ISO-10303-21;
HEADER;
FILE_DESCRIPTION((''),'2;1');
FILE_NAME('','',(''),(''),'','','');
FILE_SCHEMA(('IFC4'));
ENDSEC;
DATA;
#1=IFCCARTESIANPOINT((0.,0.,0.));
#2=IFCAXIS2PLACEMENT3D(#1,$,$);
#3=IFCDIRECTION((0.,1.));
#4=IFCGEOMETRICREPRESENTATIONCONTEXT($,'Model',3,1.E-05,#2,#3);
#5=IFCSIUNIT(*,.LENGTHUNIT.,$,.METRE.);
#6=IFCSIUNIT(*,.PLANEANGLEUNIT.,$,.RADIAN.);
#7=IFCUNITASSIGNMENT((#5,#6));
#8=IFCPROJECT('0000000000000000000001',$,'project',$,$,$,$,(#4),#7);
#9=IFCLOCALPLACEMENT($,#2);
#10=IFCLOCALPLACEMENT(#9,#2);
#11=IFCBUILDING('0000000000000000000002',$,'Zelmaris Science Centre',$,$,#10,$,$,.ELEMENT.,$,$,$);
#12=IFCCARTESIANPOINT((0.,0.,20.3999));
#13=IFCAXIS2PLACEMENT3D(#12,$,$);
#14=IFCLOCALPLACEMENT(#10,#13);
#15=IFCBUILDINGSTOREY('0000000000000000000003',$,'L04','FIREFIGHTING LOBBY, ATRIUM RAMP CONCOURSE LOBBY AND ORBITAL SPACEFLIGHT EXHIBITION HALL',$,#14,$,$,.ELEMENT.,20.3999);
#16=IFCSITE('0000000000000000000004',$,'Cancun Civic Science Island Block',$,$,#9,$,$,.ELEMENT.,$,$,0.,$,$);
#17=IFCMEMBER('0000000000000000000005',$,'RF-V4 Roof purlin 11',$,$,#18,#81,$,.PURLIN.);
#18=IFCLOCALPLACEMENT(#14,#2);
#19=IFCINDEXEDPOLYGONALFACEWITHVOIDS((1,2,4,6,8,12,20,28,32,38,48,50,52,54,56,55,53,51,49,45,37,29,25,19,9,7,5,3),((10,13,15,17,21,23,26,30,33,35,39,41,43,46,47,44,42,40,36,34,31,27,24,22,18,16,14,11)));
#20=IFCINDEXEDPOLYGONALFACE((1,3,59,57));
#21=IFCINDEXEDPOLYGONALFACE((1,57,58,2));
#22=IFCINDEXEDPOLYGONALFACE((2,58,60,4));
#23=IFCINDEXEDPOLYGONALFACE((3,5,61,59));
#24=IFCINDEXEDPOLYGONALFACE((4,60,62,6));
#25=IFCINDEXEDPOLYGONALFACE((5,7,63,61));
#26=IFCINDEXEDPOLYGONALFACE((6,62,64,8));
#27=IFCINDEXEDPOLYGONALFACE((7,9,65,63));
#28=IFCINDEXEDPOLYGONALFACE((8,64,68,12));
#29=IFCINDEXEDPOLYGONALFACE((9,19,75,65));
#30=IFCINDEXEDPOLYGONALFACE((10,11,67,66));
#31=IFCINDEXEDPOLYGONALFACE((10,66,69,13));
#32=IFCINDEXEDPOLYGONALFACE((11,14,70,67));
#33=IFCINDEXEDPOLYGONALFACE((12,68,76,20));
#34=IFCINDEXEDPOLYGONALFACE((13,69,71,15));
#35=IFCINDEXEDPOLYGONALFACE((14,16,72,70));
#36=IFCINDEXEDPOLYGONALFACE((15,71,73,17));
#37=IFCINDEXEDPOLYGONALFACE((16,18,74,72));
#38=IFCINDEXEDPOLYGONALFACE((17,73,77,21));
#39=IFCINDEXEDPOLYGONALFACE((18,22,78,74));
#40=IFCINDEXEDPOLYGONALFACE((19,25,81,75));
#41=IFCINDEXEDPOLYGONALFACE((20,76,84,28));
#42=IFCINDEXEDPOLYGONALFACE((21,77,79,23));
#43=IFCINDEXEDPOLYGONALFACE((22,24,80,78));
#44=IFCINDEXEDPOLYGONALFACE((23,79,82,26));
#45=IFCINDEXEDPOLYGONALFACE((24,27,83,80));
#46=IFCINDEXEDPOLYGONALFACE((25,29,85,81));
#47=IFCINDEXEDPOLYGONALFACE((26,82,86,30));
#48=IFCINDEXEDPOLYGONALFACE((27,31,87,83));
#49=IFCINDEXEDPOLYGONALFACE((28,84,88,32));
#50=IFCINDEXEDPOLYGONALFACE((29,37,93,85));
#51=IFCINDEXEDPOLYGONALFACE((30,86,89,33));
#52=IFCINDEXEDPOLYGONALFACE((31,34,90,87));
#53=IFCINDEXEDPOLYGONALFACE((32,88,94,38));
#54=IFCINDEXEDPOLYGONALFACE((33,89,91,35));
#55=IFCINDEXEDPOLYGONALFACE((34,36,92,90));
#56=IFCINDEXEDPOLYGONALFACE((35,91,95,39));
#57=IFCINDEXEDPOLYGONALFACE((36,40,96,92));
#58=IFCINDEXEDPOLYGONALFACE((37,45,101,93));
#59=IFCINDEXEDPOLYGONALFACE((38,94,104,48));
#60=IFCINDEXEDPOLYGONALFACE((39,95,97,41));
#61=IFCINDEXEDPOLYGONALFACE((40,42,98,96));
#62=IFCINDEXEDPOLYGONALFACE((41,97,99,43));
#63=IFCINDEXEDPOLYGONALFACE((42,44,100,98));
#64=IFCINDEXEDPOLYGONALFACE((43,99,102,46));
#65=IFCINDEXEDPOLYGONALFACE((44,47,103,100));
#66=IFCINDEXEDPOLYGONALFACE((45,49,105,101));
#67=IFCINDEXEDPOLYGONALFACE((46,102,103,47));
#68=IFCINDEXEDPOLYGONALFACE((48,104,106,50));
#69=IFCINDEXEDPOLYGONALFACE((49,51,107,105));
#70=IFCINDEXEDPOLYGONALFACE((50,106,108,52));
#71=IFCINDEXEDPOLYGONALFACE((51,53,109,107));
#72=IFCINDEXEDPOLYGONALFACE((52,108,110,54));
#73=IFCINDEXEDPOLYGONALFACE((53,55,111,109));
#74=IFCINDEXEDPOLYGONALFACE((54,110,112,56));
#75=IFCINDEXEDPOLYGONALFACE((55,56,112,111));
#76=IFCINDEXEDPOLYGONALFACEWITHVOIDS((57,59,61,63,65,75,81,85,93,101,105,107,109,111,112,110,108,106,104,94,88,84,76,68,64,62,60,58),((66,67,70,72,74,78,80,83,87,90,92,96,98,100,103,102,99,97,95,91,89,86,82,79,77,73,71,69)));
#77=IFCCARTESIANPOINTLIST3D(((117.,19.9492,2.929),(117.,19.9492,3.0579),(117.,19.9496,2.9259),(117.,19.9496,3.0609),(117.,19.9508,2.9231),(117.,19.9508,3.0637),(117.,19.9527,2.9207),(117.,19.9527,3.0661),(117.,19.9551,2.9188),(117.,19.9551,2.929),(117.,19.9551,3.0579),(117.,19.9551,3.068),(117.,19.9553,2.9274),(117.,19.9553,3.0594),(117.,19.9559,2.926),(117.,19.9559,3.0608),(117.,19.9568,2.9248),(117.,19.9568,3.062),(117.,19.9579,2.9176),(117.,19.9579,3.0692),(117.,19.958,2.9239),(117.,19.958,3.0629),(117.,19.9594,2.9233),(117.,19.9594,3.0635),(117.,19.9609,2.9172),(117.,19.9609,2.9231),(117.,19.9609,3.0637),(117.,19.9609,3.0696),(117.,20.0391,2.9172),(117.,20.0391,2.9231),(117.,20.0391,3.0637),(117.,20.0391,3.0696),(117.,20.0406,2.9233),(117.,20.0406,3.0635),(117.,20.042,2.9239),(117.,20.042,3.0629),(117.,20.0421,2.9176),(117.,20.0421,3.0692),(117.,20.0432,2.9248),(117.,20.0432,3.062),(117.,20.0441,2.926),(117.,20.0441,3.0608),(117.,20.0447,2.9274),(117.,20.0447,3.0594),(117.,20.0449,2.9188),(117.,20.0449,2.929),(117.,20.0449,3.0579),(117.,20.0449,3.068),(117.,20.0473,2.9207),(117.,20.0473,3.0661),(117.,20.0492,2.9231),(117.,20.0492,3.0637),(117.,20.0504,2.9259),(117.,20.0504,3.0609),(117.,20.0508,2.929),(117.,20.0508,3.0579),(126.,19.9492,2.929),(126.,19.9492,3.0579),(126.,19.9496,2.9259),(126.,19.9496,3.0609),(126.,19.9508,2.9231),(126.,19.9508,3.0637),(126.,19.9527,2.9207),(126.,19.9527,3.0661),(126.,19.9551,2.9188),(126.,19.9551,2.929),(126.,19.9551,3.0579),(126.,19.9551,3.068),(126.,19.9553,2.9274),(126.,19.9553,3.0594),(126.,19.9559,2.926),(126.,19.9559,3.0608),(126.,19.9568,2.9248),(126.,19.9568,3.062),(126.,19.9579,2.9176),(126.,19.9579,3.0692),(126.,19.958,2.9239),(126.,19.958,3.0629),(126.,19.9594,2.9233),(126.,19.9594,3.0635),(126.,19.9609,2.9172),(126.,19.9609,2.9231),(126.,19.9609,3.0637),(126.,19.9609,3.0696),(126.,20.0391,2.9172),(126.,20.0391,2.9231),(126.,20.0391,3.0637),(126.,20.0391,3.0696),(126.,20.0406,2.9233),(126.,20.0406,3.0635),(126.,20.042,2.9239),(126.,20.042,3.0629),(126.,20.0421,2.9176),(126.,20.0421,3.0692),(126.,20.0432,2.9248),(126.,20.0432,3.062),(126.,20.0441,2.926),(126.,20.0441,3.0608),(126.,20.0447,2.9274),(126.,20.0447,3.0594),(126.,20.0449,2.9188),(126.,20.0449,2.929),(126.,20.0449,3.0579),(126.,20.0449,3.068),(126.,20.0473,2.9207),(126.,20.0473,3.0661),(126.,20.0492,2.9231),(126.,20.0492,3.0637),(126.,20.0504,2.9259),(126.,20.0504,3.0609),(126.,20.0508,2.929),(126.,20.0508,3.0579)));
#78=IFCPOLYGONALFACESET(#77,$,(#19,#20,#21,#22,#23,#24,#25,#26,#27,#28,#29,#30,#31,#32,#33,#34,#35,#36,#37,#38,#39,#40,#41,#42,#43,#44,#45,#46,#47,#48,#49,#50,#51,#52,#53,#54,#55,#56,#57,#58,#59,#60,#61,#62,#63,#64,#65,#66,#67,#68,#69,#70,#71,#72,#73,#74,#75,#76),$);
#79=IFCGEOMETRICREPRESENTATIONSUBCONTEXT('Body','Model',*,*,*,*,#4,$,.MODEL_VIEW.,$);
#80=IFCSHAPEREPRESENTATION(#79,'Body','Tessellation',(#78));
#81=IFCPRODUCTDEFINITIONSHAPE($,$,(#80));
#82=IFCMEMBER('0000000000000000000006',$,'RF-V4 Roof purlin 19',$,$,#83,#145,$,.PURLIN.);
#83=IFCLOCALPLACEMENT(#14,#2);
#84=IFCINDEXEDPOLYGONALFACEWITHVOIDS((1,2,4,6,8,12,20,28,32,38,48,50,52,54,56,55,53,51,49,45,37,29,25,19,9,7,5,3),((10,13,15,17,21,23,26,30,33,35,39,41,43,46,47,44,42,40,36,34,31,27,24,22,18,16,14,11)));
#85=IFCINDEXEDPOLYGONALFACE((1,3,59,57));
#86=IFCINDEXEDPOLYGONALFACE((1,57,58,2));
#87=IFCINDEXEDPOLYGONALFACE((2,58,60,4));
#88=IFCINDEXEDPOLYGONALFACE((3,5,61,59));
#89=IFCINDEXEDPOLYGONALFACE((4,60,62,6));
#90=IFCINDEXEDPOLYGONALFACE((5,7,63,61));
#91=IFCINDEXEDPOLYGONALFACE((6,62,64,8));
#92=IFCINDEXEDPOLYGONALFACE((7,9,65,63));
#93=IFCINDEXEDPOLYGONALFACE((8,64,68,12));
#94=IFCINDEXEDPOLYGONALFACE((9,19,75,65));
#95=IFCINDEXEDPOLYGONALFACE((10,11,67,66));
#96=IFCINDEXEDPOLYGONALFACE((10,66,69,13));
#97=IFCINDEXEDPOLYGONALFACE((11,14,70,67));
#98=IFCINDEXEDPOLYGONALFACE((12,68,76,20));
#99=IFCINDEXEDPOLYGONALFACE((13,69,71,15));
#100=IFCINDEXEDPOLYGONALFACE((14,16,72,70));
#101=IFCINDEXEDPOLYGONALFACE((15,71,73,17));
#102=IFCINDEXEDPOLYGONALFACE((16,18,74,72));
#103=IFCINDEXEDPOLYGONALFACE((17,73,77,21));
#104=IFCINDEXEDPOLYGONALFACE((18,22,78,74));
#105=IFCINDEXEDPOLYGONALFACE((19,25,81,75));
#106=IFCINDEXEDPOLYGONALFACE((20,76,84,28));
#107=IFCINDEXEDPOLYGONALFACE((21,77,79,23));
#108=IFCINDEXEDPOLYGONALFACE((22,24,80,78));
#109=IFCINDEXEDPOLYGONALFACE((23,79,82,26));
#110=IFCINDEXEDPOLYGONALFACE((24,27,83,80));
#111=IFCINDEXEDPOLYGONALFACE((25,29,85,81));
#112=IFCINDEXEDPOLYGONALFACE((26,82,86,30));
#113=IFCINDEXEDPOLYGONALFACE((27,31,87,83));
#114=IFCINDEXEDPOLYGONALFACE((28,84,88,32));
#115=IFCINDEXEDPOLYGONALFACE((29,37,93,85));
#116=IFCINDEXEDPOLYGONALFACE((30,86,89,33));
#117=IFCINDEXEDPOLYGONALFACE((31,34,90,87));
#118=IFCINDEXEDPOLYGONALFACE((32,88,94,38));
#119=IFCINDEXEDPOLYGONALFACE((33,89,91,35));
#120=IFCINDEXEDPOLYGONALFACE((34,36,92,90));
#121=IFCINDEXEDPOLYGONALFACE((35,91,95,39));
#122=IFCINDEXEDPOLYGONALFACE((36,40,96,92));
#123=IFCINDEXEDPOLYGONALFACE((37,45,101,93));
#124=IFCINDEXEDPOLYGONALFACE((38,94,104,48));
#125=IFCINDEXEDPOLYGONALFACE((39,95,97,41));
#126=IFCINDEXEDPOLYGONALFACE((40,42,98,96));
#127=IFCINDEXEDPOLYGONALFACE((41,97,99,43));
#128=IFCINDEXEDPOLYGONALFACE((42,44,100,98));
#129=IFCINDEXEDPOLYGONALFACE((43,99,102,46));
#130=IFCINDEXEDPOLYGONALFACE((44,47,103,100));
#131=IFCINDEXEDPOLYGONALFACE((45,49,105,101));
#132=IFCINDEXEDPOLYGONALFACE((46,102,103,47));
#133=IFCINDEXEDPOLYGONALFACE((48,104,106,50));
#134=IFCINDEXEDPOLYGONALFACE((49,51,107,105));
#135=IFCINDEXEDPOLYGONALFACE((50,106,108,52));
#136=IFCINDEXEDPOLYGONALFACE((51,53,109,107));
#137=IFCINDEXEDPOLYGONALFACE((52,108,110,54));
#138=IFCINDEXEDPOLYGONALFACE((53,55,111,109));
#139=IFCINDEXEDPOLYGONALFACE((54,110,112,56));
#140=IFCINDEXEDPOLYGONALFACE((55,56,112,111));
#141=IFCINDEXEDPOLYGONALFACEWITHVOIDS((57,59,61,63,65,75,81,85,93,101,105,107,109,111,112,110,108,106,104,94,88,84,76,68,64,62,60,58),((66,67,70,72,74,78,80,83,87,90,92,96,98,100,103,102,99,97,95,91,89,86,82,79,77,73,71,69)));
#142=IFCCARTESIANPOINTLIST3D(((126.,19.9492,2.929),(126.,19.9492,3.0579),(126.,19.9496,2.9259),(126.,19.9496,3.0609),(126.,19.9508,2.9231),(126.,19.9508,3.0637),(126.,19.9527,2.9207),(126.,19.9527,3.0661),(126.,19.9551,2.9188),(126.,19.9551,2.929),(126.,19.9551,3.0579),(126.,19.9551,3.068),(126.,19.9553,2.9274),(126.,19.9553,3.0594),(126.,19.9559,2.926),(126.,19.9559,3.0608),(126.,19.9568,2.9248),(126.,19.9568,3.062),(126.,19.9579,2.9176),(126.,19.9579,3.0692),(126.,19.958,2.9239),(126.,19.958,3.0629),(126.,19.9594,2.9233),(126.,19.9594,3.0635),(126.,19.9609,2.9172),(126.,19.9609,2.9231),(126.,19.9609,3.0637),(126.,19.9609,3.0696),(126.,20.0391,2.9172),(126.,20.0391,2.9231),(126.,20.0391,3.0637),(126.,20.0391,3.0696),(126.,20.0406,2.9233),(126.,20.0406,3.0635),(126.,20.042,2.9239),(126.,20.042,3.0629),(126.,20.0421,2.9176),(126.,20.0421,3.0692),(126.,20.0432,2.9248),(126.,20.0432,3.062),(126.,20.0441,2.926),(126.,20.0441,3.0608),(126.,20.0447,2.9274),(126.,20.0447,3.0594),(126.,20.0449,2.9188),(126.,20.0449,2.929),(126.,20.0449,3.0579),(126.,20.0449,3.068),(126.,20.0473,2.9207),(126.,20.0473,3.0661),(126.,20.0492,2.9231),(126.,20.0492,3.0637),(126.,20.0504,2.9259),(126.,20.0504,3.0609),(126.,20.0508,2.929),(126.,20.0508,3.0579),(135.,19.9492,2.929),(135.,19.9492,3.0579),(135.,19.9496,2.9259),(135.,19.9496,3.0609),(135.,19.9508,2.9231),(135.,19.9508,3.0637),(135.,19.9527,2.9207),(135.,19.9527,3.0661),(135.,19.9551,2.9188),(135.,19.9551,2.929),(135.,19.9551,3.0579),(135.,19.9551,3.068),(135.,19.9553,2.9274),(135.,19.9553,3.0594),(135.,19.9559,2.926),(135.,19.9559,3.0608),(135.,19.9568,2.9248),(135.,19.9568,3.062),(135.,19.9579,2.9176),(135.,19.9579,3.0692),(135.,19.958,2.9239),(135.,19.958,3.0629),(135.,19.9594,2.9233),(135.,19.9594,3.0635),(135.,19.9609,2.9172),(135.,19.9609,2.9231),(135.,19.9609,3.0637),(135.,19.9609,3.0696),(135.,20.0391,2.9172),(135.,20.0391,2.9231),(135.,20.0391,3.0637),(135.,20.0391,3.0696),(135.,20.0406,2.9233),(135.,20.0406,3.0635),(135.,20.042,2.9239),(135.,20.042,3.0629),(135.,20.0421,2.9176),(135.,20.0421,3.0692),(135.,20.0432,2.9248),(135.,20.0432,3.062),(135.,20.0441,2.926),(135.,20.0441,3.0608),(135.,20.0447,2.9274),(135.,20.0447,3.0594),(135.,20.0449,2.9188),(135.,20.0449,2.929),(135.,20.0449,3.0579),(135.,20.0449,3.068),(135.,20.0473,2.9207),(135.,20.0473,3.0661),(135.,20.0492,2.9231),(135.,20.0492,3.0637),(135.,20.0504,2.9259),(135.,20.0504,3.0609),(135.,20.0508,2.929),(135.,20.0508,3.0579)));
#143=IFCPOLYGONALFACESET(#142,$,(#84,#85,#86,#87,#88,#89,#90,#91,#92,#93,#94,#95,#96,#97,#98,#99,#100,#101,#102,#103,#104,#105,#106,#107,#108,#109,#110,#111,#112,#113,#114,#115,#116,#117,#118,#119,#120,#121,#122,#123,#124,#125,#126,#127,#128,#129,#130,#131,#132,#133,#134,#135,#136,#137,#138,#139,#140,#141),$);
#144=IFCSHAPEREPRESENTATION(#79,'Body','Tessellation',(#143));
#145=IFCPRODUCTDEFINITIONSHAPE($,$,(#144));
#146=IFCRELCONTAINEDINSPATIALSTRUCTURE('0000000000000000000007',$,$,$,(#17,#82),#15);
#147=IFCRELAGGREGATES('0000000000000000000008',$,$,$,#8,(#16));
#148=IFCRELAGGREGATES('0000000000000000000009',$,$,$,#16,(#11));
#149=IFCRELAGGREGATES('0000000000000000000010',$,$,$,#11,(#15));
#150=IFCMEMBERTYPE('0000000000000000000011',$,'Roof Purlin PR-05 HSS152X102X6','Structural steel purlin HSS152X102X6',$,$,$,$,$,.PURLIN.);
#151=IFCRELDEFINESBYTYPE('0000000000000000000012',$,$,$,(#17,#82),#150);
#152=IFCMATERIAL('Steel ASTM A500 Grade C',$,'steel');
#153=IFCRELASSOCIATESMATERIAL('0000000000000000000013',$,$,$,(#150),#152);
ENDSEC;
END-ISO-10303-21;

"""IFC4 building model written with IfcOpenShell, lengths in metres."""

from ifc_helpers import new_model, si_unit, direction, frame, origin, origin_2d, place, context, subcontext, project, spatial, hollow_rectangle, extrude, material, material_profile, profile_set, type_object, element, save


model = new_model("IFC4")

# Units and contexts
model_context = context("Model", 3, precision=1e-05, world=origin(), true_north=direction((0.0, 1.0)))
body_context = subcontext(model_context, "Body", "Model", "MODEL_VIEW")
ifc_project = project(units=[si_unit("LENGTHUNIT", "METRE"), si_unit("PLANEANGLEUNIT", "RADIAN")], contexts=[model_context])

# Site, building, storey
site_placement = place(None, origin())
site = spatial("IfcSite", under=ifc_project, at=site_placement, Name="Cancun Civic Science Island Block", CompositionType="ELEMENT", RefElevation=0.0)
building_placement = place(site_placement, origin())
building = spatial("IfcBuilding", under=site, at=building_placement, Name="Zelmaris Science Centre", CompositionType="ELEMENT")
storey_placement = place(building_placement, frame((0.0, 0.0, 20.3999)))
storey = spatial("IfcBuildingStorey", under=building, at=storey_placement, Name="L04", Description="FIREFIGHTING LOBBY, ATRIUM RAMP CONCOURSE LOBBY AND ORBITAL SPACEFLIGHT EXHIBITION HALL", CompositionType="ELEMENT", Elevation=20.3999)

# Shared definitions
ifc_material = material(Name="Steel ASTM A500 Grade C", Category="steel")

# Members
ifc_material_profile_1 = material_profile(ifc_material, hollow_rectangle(XDim=0.1016, YDim=0.1523, WallThickness=0.0059, InnerFilletRadius=0.0059, OuterFilletRadius=0.0117, at=origin_2d()), Name="HSS152X102X6")
ifc_profile_set_1 = profile_set([ifc_material_profile_1], Name="Steel ASTM A500 Grade C")
member_type_1 = type_object("IfcMemberType", Name="Roof Purlin PR-05 HSS152X102X6", Description="Structural steel purlin HSS152X102X6", PredefinedType="PURLIN", material=ifc_profile_set_1)
for number, where, z_axis, x_axis, name in (
    (1, (117.0, 20.0, 2.9934), (1.0, 0.0, 0.0), (0.0, 1.0, 0.0), "RF-V4 Roof purlin 11"),
    (2, (126.0, 20.0, 2.9934), (1.0, 0.0, 0.0), (0.0, 1.0, 0.0), "RF-V4 Roof purlin 19"),
):
    element("IfcMember", number, at=place(storey_placement, frame(where, z_axis=z_axis, x_axis=x_axis)), inside=storey, type_object=member_type_1, Name=name, PredefinedType="PURLIN", context=body_context, shape_type="SweptSolid", body=[
        extrude(hollow_rectangle(XDim=0.1016, YDim=0.1523, WallThickness=0.0059, InnerFilletRadius=0.0059, OuterFilletRadius=0.0117, at=origin_2d()), origin(), (0.0, 0.0, 1.0), 9.0),
    ])

save(model, "model.ifc")
